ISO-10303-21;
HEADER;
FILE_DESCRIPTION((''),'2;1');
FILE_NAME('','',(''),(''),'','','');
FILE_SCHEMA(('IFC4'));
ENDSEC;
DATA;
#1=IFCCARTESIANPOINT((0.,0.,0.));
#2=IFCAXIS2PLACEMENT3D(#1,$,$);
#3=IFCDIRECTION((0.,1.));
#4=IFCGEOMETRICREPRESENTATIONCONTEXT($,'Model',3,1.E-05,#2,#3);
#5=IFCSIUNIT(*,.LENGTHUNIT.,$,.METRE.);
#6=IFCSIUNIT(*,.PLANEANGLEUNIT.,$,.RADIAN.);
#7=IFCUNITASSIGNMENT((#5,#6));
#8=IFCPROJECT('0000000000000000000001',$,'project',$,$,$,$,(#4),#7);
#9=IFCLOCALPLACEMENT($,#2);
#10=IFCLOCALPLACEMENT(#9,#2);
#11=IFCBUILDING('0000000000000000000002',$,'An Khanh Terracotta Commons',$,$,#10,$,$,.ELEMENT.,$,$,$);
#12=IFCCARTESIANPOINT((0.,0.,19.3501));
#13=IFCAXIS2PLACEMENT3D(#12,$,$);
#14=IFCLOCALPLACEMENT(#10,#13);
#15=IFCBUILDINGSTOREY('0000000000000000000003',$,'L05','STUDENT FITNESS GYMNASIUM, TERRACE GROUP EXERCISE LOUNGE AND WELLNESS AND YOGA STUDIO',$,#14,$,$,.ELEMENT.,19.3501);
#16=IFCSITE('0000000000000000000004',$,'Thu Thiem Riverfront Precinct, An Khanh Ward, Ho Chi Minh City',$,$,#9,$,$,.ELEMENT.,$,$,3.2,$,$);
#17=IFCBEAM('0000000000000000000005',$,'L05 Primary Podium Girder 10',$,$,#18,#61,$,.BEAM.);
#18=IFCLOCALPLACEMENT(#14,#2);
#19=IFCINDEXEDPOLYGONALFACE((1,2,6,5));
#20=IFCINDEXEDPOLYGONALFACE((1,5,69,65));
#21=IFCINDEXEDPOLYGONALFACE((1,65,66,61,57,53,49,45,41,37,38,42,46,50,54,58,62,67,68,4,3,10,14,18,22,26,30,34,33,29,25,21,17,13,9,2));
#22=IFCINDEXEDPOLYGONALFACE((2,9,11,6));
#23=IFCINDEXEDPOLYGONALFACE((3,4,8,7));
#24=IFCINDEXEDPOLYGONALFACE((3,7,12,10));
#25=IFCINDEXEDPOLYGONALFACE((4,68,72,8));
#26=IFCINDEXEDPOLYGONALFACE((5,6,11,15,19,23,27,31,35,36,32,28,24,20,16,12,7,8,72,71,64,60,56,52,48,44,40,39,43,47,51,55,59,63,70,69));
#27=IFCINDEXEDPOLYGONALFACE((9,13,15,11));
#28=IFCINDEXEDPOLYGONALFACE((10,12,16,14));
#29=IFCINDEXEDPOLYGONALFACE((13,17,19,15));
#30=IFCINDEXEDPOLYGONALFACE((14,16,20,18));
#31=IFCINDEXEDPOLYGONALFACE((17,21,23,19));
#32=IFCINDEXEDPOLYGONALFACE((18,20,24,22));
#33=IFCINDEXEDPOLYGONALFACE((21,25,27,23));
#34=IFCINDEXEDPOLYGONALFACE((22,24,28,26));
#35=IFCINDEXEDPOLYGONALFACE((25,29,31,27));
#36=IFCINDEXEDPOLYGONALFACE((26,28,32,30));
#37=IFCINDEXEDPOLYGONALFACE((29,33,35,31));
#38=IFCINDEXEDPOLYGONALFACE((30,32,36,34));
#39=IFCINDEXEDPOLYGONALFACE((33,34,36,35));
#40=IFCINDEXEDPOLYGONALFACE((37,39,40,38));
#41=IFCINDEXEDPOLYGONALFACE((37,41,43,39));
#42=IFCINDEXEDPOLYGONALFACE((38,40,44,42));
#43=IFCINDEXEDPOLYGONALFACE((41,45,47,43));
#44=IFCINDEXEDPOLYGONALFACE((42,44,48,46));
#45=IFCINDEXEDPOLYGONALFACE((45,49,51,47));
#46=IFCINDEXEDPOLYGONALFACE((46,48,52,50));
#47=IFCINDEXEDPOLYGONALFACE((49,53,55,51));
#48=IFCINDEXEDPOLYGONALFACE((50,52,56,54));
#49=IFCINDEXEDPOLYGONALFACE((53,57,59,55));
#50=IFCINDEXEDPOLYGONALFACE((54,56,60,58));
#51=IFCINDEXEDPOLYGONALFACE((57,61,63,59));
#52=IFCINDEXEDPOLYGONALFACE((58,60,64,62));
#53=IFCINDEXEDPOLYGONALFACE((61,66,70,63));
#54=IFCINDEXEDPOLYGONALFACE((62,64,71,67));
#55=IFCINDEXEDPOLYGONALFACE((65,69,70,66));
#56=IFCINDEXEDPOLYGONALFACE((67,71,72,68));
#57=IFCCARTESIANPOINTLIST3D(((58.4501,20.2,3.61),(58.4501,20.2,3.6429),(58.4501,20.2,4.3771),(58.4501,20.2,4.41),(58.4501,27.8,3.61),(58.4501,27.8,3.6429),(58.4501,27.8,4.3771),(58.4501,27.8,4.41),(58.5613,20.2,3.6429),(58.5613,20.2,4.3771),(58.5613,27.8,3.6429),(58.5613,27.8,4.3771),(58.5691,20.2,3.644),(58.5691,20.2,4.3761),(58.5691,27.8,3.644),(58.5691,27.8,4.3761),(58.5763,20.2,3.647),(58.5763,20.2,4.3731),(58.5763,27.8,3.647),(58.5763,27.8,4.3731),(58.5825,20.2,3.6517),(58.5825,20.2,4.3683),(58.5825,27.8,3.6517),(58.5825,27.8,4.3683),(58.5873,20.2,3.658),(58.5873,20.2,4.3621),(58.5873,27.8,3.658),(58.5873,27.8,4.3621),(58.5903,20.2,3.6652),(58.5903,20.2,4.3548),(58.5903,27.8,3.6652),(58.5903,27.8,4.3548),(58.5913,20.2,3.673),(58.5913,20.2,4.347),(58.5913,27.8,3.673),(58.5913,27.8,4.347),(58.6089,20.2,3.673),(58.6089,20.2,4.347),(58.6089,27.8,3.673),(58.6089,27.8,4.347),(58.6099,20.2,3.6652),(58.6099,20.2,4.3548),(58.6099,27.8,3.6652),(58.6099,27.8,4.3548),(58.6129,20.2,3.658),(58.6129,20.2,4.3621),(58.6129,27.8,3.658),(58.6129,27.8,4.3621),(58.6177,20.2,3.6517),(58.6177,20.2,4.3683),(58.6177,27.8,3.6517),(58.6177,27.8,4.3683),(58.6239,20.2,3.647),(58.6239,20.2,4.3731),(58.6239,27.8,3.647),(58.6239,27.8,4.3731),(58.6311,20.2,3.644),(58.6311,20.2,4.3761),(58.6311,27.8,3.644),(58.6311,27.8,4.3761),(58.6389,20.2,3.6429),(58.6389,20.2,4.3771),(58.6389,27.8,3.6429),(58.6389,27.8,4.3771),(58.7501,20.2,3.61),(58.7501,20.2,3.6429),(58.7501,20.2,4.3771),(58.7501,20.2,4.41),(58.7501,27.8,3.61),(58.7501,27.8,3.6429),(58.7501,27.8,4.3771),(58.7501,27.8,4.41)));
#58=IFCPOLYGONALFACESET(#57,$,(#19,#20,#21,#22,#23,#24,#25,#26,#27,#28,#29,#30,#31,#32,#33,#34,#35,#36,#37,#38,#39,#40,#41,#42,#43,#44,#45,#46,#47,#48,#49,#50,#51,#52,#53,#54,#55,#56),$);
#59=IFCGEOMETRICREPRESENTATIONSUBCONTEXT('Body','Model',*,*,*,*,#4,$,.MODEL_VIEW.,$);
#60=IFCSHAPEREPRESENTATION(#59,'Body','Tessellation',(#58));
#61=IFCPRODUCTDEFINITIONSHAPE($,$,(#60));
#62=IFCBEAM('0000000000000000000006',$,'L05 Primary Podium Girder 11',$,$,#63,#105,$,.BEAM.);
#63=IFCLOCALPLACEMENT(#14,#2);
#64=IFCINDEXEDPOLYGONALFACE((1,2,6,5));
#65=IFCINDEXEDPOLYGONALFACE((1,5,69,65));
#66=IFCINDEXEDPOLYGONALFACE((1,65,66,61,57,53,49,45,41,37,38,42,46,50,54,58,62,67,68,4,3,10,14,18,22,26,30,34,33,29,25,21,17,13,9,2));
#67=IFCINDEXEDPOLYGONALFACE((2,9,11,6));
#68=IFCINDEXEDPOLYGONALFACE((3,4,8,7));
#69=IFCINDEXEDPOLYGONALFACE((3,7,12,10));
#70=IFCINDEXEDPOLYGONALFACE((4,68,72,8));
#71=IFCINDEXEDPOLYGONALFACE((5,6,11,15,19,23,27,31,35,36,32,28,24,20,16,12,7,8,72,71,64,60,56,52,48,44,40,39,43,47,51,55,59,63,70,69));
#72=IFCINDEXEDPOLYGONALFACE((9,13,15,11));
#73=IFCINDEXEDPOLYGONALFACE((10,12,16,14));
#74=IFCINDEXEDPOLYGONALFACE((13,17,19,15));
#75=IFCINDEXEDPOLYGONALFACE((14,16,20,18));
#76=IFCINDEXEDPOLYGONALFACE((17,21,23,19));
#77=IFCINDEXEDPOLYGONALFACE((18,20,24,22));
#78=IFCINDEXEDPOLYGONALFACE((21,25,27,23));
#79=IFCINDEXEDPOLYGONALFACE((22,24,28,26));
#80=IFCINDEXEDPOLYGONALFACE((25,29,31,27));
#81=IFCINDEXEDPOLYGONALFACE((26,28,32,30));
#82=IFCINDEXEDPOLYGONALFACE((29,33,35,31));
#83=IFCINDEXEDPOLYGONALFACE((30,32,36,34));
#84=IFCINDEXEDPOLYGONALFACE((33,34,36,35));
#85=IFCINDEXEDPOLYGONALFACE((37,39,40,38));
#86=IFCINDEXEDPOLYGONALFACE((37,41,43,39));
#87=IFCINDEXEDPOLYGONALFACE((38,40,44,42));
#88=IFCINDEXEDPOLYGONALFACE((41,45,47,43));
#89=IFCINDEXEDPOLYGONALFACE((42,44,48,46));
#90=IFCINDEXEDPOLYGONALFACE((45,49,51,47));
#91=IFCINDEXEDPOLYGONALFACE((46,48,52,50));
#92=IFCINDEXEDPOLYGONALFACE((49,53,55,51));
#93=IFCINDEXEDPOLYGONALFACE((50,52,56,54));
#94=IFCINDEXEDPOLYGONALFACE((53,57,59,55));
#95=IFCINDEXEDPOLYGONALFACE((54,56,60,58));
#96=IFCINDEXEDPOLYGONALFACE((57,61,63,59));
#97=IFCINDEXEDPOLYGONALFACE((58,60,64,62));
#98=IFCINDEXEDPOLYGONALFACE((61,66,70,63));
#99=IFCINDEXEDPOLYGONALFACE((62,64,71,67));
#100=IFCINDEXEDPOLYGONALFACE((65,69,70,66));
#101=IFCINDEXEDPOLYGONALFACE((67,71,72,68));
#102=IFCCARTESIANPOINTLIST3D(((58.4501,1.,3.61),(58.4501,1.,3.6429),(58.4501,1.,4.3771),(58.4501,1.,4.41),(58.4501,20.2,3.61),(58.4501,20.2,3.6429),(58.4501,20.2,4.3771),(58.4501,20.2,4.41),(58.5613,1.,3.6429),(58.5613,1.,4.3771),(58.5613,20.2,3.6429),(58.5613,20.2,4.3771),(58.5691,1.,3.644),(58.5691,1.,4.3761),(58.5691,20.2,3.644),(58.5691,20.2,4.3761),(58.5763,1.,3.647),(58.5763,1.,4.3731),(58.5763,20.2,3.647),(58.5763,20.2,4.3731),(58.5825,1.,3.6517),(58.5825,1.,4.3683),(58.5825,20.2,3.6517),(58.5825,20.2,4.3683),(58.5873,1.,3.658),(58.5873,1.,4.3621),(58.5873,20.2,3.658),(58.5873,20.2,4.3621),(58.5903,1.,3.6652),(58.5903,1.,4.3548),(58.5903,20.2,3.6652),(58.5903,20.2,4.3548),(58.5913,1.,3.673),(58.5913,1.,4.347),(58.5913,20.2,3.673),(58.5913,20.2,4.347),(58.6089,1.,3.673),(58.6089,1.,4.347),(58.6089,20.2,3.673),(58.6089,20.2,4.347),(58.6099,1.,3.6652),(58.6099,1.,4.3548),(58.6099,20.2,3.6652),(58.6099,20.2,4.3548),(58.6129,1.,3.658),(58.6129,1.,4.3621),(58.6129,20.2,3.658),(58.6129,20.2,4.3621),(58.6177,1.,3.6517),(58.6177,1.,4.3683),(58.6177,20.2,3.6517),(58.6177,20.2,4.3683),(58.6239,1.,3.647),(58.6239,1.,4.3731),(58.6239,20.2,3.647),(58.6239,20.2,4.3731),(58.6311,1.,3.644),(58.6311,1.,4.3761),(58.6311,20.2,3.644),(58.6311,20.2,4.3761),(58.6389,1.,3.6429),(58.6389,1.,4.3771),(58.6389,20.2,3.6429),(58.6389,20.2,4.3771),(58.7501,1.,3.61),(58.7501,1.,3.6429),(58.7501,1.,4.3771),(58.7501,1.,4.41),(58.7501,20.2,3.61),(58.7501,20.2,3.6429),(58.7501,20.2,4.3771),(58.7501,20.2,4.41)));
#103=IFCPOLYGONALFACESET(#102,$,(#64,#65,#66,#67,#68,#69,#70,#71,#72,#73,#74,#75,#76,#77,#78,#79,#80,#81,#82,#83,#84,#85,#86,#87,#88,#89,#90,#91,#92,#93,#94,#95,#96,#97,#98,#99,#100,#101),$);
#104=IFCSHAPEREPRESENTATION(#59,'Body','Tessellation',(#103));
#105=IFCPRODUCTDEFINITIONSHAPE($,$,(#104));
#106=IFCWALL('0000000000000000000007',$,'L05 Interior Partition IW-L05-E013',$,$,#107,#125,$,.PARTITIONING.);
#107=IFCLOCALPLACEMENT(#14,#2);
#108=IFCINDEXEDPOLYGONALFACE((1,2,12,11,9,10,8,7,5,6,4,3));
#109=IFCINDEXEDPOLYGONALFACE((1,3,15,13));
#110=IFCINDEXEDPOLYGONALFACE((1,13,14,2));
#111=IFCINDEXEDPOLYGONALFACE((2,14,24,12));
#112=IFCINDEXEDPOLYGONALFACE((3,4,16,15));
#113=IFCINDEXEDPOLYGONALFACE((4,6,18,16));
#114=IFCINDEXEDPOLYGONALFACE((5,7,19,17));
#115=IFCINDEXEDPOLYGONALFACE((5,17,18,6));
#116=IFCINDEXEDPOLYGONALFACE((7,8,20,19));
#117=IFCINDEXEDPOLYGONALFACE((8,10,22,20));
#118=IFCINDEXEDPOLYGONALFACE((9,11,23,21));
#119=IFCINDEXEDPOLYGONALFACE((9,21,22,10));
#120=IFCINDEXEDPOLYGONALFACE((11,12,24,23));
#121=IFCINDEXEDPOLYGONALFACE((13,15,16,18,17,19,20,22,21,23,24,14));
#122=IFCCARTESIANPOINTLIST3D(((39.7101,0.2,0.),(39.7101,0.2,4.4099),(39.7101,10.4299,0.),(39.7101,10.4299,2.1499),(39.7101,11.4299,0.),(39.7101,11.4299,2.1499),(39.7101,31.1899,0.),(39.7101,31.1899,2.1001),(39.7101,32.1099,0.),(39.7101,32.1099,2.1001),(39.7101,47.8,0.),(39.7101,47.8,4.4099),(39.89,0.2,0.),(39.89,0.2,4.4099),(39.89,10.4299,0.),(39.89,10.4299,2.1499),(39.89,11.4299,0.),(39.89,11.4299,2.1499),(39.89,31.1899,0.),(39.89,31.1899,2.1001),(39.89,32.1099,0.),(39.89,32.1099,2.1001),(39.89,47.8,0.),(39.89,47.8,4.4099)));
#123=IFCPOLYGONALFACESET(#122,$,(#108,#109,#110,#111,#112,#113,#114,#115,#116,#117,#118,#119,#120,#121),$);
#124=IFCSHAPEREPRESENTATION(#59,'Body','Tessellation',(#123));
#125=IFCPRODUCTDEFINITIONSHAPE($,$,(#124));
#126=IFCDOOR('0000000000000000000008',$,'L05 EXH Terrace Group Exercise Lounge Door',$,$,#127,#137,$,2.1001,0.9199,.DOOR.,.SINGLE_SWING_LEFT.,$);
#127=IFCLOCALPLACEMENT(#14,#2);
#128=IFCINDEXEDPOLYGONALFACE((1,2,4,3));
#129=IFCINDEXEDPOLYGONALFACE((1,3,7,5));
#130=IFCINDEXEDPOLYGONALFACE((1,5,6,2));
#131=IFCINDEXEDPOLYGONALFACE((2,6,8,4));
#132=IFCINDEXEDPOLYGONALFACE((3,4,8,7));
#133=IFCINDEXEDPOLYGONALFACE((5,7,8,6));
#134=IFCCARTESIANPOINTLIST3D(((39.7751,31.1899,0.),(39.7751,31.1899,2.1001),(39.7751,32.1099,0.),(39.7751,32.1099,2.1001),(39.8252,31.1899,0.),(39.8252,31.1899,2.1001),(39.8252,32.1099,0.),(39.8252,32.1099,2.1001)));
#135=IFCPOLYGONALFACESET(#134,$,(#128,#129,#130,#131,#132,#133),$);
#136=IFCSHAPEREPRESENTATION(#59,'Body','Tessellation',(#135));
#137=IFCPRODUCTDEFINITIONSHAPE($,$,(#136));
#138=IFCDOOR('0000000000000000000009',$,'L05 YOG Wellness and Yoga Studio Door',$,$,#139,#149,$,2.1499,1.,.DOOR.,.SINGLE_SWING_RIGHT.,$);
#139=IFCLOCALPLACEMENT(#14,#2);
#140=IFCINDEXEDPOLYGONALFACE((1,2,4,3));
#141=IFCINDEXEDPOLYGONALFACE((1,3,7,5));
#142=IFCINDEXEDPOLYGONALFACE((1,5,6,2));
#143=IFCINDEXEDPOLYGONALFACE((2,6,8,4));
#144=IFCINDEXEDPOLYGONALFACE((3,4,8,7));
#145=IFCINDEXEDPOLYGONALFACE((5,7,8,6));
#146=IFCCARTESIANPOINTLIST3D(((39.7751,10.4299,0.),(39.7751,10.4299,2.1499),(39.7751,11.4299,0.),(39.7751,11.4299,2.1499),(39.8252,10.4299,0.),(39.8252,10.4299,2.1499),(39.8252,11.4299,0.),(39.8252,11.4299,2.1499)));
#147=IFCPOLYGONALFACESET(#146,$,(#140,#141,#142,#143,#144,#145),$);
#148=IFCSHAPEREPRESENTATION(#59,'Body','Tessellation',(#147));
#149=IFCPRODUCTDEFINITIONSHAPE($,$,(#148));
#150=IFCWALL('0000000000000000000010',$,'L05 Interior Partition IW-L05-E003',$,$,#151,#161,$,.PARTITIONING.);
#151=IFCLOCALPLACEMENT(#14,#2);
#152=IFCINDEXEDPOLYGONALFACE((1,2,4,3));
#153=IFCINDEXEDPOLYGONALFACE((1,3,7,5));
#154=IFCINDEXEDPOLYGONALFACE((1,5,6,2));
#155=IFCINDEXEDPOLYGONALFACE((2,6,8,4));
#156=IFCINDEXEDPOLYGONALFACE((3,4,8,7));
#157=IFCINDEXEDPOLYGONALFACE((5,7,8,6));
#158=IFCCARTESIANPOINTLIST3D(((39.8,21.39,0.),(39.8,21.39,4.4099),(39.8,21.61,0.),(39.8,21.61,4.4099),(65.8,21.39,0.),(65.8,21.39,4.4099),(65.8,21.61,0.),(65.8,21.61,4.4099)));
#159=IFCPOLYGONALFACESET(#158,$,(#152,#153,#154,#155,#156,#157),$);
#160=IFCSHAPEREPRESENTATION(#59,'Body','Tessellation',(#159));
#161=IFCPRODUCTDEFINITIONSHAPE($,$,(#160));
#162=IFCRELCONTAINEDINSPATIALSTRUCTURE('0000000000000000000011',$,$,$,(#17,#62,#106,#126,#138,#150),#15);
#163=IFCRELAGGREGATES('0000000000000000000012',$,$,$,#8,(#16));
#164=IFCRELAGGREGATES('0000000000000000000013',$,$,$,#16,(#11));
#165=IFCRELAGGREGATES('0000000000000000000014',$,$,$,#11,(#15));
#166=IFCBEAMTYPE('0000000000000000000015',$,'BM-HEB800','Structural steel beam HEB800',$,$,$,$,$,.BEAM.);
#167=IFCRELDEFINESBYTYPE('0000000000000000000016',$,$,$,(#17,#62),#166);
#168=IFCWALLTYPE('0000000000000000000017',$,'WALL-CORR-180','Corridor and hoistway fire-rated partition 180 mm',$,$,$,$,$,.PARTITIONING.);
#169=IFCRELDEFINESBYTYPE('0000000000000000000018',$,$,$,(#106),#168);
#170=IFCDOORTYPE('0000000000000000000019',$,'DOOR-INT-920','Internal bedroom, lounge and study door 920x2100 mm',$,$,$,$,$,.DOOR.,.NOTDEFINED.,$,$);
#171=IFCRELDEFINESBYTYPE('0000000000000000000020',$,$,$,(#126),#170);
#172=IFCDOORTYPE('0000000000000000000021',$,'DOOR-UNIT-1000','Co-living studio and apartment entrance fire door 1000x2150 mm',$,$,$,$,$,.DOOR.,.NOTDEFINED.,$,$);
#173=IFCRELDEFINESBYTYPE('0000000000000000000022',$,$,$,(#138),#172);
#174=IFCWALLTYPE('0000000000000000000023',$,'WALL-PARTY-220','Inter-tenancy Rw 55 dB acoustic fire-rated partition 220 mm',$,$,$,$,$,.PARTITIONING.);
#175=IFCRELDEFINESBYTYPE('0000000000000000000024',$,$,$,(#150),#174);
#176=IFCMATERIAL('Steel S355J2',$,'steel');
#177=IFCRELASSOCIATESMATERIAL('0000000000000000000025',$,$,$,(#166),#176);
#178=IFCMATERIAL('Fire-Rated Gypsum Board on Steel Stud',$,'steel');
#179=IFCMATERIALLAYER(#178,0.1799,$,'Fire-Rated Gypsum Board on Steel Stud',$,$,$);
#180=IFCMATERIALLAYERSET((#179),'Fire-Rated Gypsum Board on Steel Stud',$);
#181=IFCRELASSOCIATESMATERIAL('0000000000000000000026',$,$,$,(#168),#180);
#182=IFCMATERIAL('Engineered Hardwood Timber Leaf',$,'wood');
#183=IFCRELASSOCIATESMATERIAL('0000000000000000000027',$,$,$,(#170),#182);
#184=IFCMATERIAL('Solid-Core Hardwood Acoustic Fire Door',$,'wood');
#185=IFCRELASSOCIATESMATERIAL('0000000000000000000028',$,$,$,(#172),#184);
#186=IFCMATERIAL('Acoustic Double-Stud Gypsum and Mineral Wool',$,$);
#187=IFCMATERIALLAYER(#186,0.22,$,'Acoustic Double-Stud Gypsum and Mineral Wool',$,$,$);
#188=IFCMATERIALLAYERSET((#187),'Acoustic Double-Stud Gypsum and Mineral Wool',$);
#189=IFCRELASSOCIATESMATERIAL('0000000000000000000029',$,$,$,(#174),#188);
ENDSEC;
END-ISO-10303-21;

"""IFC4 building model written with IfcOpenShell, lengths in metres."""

from ifc_helpers import new_model, si_unit, direction, frame, frame_2d, origin, origin_2d, place, context, subcontext, project, spatial, rectangle, i_section, extrude, material, layer, layer_set, material_profile, profile_set, type_object, element, fill, save


model = new_model("IFC4")

# Units and contexts
model_context = context("Model", 3, precision=1e-05, world=origin(), true_north=direction((0.0, 1.0)))
body_context = subcontext(model_context, "Body", "Model", "MODEL_VIEW")
ifc_project = project(units=[si_unit("LENGTHUNIT", "METRE"), si_unit("PLANEANGLEUNIT", "RADIAN")], contexts=[model_context])

# Site, building, storey
site_placement = place(None, origin())
site = spatial("IfcSite", under=ifc_project, at=site_placement, Name="Thu Thiem Riverfront Precinct, An Khanh Ward, Ho Chi Minh City", CompositionType="ELEMENT", RefElevation=3.2)
building_placement = place(site_placement, origin())
building = spatial("IfcBuilding", under=site, at=building_placement, Name="An Khanh Terracotta Commons", CompositionType="ELEMENT")
storey_placement = place(building_placement, frame((0.0, 0.0, 19.3501)))
storey = spatial("IfcBuildingStorey", under=building, at=storey_placement, Name="L05", Description="STUDENT FITNESS GYMNASIUM, TERRACE GROUP EXERCISE LOUNGE AND WELLNESS AND YOGA STUDIO", CompositionType="ELEMENT", Elevation=19.3501)

# Beams
ifc_material_1 = material(Name="Steel S355J2", Category="steel")
ifc_material_profile_1 = material_profile(ifc_material_1, i_section(OverallWidth=0.3, OverallDepth=0.8, WebThickness=0.0176, FlangeThickness=0.033, FilletRadius=0.03, at=origin_2d()), Name="HEB800")
ifc_profile_set_1 = profile_set([ifc_material_profile_1], Name="Steel S355J2")
beam_type_1 = type_object("IfcBeamType", Name="BM-HEB800", Description="Structural steel beam HEB800", PredefinedType="BEAM", material=ifc_profile_set_1)
beam_1_placement = place(storey_placement, frame((58.6001, 20.2, 4.01), z_axis=(0.0, 1.0, 0.0), x_axis=(-1.0, 0.0, 0.0)))
element("IfcBeam", 1, at=beam_1_placement, inside=storey, type_object=beam_type_1, Name="L05 Primary Podium Girder 10", PredefinedType="BEAM", context=body_context, shape_type="SweptSolid", body=[
    extrude(i_section(OverallWidth=0.3, OverallDepth=0.8, WebThickness=0.0176, FlangeThickness=0.033, FilletRadius=0.03, at=origin_2d()), origin(), (0.0, 0.0, 1.0), 7.6001),
])
beam_2_placement = place(storey_placement, frame((58.6001, 1.0, 4.01), z_axis=(0.0, 1.0, 0.0), x_axis=(-1.0, 0.0, 0.0)))
element("IfcBeam", 2, at=beam_2_placement, inside=storey, type_object=beam_type_1, Name="L05 Primary Podium Girder 11", PredefinedType="BEAM", context=body_context, shape_type="SweptSolid", body=[
    extrude(i_section(OverallWidth=0.3, OverallDepth=0.8, WebThickness=0.0176, FlangeThickness=0.033, FilletRadius=0.03, at=origin_2d()), origin(), (0.0, 0.0, 1.0), 19.2),
])

# Wall, openings, doors
ifc_material_2 = material(Name="Fire-Rated Gypsum Board on Steel Stud", Category="steel")
ifc_layer_1 = layer(ifc_material_2, 0.1799, Name="Fire-Rated Gypsum Board on Steel Stud")
ifc_layer_set_1 = layer_set([ifc_layer_1], Name="Fire-Rated Gypsum Board on Steel Stud")
wall_type_1 = type_object("IfcWallType", Name="WALL-CORR-180", Description="Corridor and hoistway fire-rated partition 180 mm", PredefinedType="PARTITIONING", material=ifc_layer_set_1)
wall_1_placement = place(storey_placement, frame((39.8, 0.2, 0.0), z_axis=(0.0, 0.0, 1.0), x_axis=(0.0, 1.0, 0.0)))
wall_1 = element("IfcWall", 3, at=wall_1_placement, inside=storey, type_object=wall_type_1, Name="L05 Interior Partition IW-L05-E013", PredefinedType="PARTITIONING", context=body_context, shape_type="SweptSolid", body=[
    extrude(rectangle(XDim=47.6001, YDim=0.1799, at=frame_2d((23.8, 0.0))), origin(), (0.0, 0.0, 1.0), 4.4099),
])
opening_1_placement = place(wall_1_placement, frame((10.23, 0.0, 0.0)))
opening_1 = element("IfcOpeningElement", 4, at=opening_1_placement, cuts=wall_1, PredefinedType="OPENING", context=body_context, shape_type="SweptSolid", body=[
    extrude(rectangle(XDim=1.0, YDim=2.1499, at=frame_2d((0.5, 1.075))), frame((0.0, 0.0999, 0.0), z_axis=(0.0, -1.0, 0.0), x_axis=(1.0, 0.0, 0.0)), (0.0, 0.0, 1.0), 0.2),
])
opening_2_placement = place(wall_1_placement, frame((30.99, 0.0, 0.0)))
opening_2 = element("IfcOpeningElement", 5, at=opening_2_placement, cuts=wall_1, PredefinedType="OPENING", context=body_context, shape_type="SweptSolid", body=[
    extrude(rectangle(XDim=0.9199, YDim=2.1001, at=frame_2d((0.46, 1.05))), frame((0.0, 0.0999, 0.0), z_axis=(0.0, -1.0, 0.0), x_axis=(1.0, 0.0, 0.0)), (0.0, 0.0, 1.0), 0.2),
])
ifc_material_3 = material(Name="Engineered Hardwood Timber Leaf", Category="wood")
door_type_1 = type_object("IfcDoorType", Name="DOOR-INT-920", Description="Internal bedroom, lounge and study door 920x2100 mm", OperationType="NOTDEFINED", PredefinedType="DOOR", material=ifc_material_3)
door_1_placement = place(opening_2_placement, origin())
door_1 = element("IfcDoor", 6, at=door_1_placement, inside=storey, type_object=door_type_1, Name="L05 EXH Terrace Group Exercise Lounge Door", OperationType="SINGLE_SWING_LEFT", OverallHeight=2.1001, OverallWidth=0.9199, PredefinedType="DOOR", context=body_context, shape_type="SweptSolid", body=[
    extrude(rectangle(XDim=0.9199, YDim=2.1001, at=frame_2d((0.46, 1.05))), frame((0.0, 0.0249, 0.0), z_axis=(0.0, -1.0, 0.0), x_axis=(1.0, 0.0, 0.0)), (0.0, 0.0, 1.0), 0.05),
])
fill(opening_2, door_1)
ifc_material_4 = material(Name="Solid-Core Hardwood Acoustic Fire Door", Category="wood")
door_type_2 = type_object("IfcDoorType", Name="DOOR-UNIT-1000", Description="Co-living studio and apartment entrance fire door 1000x2150 mm", OperationType="NOTDEFINED", PredefinedType="DOOR", material=ifc_material_4)
door_2_placement = place(opening_1_placement, origin())
door_2 = element("IfcDoor", 7, at=door_2_placement, inside=storey, type_object=door_type_2, Name="L05 YOG Wellness and Yoga Studio Door", OperationType="SINGLE_SWING_RIGHT", OverallHeight=2.1499, OverallWidth=1.0, PredefinedType="DOOR", context=body_context, shape_type="SweptSolid", body=[
    extrude(rectangle(XDim=1.0, YDim=2.1499, at=frame_2d((0.5, 1.075))), frame((0.0, 0.0249, 0.0), z_axis=(0.0, -1.0, 0.0), x_axis=(1.0, 0.0, 0.0)), (0.0, 0.0, 1.0), 0.05),
])
fill(opening_1, door_2)

# Wall
ifc_material_5 = material(Name="Acoustic Double-Stud Gypsum and Mineral Wool")
ifc_layer_2 = layer(ifc_material_5, 0.22, Name="Acoustic Double-Stud Gypsum and Mineral Wool")
ifc_layer_set_2 = layer_set([ifc_layer_2], Name="Acoustic Double-Stud Gypsum and Mineral Wool")
wall_type_2 = type_object("IfcWallType", Name="WALL-PARTY-220", Description="Inter-tenancy Rw 55 dB acoustic fire-rated partition 220 mm", PredefinedType="PARTITIONING", material=ifc_layer_set_2)
wall_2_placement = place(storey_placement, frame((39.8, 21.5, 0.0), z_axis=(0.0, 0.0, 1.0), x_axis=(1.0, 0.0, 0.0)))
element("IfcWall", 8, at=wall_2_placement, inside=storey, type_object=wall_type_2, Name="L05 Interior Partition IW-L05-E003", PredefinedType="PARTITIONING", context=body_context, shape_type="SweptSolid", body=[
    extrude(rectangle(XDim=26.0, YDim=0.22, at=frame_2d((13.0, 0.0))), origin(), (0.0, 0.0, 1.0), 4.4099),
])

save(model, "model.ifc")
